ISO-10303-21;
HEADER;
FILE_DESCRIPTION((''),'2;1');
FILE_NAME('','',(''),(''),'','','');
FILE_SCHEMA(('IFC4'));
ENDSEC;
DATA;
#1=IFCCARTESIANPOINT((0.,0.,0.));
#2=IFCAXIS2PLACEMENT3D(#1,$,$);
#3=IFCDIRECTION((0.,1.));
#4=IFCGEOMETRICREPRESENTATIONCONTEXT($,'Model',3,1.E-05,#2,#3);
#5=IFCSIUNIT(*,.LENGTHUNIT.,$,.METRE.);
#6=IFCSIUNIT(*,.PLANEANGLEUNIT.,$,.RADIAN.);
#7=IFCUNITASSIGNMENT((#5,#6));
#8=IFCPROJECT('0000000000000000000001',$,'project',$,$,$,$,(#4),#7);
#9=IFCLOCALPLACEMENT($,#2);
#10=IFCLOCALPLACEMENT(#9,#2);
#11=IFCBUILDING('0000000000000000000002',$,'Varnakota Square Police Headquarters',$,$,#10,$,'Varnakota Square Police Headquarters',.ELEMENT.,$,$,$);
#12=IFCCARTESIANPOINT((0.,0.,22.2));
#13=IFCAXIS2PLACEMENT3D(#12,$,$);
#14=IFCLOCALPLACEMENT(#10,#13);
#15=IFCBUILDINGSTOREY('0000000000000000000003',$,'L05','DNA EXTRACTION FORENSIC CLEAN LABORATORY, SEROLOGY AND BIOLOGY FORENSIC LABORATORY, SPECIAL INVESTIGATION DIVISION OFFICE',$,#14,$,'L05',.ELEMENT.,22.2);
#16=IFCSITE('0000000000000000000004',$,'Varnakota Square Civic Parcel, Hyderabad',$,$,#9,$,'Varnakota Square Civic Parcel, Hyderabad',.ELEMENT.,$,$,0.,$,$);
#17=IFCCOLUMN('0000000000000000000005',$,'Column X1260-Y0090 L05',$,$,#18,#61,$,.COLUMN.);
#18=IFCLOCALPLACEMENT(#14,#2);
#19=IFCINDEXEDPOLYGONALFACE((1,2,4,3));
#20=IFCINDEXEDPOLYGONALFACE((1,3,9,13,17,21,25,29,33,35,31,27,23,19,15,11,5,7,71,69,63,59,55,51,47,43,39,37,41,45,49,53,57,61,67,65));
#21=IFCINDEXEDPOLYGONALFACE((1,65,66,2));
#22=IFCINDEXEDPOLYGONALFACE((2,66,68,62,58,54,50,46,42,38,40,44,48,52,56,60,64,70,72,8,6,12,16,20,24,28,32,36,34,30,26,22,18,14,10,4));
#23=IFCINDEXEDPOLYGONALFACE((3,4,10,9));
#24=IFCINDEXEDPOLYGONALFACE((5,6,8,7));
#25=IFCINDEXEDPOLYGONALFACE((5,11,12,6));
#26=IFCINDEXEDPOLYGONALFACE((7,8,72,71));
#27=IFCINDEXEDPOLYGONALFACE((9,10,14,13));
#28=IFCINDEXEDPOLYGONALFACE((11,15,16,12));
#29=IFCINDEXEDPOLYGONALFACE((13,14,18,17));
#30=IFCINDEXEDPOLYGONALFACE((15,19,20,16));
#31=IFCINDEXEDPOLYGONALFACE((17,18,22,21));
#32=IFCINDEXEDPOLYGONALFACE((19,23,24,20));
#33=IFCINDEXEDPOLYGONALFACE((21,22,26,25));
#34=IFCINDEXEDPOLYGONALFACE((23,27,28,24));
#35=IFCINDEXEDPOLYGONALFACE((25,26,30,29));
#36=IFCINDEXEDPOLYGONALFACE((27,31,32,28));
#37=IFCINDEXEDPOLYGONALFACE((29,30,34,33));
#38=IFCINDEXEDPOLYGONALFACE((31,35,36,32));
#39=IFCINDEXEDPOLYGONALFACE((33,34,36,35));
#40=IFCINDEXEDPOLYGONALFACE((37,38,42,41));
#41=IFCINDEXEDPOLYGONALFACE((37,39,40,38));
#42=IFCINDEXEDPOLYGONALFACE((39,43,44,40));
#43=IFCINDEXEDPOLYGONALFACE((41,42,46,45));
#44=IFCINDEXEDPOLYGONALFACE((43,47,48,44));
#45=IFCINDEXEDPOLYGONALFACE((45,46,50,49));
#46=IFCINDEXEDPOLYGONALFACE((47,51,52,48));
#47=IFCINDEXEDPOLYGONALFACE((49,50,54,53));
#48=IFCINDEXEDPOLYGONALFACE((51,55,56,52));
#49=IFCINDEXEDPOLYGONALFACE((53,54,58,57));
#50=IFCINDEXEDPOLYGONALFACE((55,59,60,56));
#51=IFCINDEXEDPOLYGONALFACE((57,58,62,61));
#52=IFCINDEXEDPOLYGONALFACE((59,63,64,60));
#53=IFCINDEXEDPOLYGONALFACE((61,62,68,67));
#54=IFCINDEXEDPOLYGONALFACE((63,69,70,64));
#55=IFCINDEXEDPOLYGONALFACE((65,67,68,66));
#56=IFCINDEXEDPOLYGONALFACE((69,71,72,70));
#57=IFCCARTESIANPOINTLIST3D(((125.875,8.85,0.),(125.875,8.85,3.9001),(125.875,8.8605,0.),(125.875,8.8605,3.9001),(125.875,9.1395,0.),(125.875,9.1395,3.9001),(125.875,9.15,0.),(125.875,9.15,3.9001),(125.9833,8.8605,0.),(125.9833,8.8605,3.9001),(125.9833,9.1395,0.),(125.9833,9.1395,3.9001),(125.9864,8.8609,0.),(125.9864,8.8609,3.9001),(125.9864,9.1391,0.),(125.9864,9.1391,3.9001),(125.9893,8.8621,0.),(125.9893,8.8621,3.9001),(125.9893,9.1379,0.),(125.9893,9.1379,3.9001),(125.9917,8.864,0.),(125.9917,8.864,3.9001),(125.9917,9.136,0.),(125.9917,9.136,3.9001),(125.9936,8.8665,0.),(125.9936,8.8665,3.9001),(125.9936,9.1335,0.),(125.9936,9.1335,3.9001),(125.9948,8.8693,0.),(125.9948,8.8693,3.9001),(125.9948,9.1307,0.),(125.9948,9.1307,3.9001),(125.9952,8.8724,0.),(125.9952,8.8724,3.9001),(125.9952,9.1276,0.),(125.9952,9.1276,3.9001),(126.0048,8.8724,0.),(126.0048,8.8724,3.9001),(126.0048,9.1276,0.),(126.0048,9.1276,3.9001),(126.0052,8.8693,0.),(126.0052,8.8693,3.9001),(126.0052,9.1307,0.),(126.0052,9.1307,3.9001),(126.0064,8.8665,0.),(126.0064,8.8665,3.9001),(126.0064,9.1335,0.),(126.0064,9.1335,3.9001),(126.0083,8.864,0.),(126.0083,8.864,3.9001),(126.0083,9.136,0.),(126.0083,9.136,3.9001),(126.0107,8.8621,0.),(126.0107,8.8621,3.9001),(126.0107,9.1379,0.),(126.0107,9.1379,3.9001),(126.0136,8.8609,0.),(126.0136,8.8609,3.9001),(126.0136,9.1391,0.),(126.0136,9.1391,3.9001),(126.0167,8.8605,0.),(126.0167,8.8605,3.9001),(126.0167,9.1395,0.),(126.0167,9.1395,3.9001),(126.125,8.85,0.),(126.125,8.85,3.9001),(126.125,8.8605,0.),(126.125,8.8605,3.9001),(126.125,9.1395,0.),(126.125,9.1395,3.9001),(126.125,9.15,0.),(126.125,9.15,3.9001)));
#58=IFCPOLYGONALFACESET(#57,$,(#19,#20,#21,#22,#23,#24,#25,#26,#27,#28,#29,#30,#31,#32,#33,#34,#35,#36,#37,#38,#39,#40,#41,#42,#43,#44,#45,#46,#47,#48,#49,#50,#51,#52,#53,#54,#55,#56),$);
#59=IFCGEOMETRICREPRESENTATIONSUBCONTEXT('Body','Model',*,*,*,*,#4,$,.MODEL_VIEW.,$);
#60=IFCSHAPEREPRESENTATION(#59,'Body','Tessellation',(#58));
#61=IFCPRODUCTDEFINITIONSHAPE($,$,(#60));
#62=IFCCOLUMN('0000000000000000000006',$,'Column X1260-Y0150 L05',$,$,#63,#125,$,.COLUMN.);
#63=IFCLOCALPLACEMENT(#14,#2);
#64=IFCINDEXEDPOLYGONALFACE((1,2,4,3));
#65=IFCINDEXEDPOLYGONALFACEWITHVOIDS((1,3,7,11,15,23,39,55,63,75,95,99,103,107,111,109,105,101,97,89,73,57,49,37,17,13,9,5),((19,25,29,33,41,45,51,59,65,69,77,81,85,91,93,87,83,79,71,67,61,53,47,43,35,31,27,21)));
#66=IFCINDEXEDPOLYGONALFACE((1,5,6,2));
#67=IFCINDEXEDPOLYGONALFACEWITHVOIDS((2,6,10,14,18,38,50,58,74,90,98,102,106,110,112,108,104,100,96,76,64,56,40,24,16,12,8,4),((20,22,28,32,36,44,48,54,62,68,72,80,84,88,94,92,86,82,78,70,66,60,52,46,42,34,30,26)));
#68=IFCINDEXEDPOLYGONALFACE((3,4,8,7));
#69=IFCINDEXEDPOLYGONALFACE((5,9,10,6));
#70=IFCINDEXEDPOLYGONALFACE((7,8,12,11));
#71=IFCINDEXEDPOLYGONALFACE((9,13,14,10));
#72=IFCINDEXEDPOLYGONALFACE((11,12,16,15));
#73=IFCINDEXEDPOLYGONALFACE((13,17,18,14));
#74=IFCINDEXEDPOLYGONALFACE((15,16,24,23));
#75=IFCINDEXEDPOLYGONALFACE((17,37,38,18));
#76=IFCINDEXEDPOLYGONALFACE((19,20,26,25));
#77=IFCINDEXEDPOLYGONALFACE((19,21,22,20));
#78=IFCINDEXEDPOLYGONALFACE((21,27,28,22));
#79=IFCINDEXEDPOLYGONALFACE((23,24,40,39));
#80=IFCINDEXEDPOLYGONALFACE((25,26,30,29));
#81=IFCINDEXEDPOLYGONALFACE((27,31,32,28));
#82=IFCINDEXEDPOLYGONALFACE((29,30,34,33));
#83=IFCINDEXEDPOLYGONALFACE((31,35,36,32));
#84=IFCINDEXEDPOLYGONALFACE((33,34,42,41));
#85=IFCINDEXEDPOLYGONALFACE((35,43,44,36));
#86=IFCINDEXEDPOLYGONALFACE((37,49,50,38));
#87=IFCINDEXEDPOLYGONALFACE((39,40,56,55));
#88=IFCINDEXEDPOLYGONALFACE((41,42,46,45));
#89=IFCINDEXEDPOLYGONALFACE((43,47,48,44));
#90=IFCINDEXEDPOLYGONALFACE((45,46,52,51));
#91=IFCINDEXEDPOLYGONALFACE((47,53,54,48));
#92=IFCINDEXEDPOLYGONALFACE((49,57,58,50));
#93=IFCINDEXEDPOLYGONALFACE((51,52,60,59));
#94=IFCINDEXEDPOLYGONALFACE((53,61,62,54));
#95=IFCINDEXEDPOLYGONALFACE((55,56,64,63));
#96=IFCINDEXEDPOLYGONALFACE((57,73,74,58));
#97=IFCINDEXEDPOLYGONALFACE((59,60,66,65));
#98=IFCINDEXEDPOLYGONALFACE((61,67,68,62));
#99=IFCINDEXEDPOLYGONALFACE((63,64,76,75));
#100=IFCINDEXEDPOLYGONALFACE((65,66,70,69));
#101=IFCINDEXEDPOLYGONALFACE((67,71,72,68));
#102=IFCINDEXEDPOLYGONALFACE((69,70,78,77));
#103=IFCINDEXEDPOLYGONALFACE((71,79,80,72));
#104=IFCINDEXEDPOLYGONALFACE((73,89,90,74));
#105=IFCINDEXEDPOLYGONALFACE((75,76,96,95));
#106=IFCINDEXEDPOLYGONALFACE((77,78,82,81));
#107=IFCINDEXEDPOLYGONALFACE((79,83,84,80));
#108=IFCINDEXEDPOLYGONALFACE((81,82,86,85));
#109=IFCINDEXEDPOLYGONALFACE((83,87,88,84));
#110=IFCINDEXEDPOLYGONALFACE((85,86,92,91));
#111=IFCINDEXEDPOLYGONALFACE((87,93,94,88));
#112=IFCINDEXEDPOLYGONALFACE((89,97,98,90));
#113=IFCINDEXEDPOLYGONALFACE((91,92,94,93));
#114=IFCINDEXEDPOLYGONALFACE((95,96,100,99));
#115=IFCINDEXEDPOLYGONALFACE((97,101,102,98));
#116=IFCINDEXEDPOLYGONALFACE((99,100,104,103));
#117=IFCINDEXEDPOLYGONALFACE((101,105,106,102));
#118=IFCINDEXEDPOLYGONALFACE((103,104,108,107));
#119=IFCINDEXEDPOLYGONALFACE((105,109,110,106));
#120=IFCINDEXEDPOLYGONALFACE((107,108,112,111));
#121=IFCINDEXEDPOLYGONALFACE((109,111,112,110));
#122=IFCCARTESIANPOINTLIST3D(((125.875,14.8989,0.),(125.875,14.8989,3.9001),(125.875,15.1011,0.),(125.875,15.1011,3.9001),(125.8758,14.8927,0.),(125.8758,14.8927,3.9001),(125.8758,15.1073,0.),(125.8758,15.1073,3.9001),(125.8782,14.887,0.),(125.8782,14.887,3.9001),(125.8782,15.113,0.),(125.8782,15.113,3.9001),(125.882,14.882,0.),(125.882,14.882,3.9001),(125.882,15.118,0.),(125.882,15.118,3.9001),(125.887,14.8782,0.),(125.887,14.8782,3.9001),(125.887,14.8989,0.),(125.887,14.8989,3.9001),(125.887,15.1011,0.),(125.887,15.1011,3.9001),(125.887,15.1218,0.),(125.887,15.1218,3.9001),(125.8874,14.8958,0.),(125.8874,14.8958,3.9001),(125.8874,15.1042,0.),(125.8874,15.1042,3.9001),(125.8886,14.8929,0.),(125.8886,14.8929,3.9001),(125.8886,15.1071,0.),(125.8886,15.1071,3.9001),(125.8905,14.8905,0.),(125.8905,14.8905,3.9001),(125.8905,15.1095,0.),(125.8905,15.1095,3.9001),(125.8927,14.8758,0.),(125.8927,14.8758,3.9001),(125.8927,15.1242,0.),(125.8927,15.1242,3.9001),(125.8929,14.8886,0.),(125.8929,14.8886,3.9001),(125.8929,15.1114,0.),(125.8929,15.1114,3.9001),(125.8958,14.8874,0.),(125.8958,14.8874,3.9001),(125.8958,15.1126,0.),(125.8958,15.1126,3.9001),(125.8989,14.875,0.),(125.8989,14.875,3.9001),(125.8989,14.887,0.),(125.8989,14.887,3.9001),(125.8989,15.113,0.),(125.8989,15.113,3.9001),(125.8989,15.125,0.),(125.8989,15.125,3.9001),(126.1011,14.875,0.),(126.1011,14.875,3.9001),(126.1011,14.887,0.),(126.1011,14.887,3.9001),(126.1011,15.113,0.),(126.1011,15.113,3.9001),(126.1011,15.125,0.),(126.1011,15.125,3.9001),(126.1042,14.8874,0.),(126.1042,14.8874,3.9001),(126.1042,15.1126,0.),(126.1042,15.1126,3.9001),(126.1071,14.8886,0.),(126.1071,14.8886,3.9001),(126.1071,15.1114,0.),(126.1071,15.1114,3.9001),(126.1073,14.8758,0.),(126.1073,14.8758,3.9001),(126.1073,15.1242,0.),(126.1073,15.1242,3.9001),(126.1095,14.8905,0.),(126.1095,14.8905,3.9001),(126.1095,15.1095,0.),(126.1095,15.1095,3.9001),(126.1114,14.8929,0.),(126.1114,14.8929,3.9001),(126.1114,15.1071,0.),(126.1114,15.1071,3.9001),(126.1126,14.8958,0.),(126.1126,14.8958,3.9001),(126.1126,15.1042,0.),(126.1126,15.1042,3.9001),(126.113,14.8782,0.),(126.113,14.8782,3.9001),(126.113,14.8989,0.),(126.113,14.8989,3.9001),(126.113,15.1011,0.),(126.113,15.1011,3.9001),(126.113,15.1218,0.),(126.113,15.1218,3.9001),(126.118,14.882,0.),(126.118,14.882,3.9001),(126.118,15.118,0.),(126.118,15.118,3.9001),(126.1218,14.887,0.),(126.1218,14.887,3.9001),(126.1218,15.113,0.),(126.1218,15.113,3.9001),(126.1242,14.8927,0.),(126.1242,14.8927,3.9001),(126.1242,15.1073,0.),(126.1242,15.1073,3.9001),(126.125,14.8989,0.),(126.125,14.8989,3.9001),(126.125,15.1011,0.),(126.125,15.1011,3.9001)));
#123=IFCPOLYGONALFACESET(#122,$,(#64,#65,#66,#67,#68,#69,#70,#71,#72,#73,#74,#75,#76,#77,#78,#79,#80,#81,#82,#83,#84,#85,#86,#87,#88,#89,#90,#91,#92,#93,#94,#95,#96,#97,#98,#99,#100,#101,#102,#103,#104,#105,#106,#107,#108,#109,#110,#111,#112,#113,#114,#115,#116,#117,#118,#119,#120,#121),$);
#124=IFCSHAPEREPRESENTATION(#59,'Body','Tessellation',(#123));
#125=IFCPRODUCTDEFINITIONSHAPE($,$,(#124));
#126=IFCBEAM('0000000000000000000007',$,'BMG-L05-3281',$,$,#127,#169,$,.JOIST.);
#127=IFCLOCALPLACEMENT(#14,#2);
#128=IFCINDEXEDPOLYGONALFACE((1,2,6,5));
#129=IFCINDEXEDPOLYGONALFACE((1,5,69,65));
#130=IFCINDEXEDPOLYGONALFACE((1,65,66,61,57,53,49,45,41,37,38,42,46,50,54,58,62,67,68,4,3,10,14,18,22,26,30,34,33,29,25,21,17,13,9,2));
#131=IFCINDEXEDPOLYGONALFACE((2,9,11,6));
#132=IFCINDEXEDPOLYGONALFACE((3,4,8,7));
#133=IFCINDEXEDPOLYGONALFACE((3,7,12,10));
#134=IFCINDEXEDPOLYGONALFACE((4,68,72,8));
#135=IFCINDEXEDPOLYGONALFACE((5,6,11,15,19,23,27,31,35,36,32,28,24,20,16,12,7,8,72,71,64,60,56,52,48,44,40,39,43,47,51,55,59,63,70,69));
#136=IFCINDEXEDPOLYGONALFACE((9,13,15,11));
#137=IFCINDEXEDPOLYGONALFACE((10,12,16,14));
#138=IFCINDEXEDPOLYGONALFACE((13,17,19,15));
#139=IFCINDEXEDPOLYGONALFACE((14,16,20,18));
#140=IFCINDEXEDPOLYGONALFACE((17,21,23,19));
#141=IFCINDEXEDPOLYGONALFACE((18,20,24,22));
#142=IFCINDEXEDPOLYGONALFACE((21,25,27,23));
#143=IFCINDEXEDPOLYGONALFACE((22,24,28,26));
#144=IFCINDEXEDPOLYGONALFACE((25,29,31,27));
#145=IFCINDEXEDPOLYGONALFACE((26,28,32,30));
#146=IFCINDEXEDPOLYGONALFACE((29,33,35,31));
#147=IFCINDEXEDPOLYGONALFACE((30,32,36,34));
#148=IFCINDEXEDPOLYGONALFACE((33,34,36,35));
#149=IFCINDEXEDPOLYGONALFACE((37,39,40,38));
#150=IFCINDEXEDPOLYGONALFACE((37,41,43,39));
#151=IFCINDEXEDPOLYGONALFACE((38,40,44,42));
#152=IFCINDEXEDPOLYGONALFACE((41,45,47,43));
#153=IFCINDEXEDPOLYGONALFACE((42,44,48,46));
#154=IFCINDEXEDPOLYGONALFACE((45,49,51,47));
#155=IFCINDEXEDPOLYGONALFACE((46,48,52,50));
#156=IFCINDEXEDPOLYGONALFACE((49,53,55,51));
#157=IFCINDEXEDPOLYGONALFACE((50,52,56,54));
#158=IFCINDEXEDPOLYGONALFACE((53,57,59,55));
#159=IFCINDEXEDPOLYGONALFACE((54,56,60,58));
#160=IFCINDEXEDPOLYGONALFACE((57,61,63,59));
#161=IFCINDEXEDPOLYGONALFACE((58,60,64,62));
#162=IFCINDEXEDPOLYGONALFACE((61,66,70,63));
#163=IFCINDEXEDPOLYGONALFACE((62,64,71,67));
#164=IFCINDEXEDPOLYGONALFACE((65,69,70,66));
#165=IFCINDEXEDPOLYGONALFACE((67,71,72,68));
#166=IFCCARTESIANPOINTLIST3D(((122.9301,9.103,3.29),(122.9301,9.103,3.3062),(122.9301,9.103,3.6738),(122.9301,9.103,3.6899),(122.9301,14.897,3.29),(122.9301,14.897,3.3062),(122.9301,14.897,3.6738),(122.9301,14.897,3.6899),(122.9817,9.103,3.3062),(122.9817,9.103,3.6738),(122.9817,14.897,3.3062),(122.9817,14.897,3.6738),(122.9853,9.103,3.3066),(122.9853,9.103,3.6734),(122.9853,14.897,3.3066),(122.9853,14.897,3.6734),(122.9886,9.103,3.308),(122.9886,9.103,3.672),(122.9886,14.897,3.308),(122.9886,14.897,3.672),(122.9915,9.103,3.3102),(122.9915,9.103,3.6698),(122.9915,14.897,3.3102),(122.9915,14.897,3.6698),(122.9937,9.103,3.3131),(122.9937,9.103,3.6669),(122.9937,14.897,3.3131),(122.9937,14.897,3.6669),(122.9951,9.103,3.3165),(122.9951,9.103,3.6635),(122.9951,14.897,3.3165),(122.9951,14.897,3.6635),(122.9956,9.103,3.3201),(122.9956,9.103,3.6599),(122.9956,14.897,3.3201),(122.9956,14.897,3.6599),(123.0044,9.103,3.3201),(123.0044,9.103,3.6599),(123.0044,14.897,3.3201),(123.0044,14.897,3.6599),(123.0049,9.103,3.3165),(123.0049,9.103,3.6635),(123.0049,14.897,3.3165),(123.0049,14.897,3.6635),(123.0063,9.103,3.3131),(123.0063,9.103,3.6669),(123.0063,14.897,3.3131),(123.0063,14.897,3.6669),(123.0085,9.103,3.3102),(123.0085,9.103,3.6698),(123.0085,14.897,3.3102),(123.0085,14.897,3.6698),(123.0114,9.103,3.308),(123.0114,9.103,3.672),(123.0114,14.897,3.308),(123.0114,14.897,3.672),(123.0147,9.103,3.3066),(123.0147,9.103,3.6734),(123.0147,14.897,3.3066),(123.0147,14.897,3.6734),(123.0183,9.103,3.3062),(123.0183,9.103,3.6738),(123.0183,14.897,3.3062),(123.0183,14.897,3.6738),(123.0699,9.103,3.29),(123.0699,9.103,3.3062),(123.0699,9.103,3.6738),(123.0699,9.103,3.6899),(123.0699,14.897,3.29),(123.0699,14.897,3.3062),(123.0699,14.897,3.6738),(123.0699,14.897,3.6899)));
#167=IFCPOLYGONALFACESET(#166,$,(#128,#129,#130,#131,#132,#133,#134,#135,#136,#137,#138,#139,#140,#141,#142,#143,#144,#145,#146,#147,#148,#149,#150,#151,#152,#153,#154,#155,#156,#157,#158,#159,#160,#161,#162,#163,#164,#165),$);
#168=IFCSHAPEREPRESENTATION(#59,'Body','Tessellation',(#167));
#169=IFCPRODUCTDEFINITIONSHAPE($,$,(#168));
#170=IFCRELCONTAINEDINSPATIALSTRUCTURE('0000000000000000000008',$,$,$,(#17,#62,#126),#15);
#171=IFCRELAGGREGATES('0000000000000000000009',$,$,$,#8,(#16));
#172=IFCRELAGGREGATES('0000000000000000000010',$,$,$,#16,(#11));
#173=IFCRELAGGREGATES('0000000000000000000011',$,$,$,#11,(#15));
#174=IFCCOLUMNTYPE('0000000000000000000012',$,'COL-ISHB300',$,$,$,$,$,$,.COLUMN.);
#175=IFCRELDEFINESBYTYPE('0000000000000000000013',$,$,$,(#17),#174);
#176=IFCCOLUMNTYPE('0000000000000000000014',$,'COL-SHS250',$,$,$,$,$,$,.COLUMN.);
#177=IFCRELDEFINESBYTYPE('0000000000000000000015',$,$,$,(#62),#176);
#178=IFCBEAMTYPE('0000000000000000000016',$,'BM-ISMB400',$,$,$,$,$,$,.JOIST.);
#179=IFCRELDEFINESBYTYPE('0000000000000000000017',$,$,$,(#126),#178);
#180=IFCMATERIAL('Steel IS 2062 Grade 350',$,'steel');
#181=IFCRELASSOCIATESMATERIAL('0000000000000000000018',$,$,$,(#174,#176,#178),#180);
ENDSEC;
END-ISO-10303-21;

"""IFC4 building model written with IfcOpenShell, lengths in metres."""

from ifc_helpers import new_model, si_unit, direction, frame, origin, origin_2d, place, context, subcontext, project, spatial, hollow_rectangle, i_section, extrude, material, material_profile, profile_set, type_object, element, save


model = new_model("IFC4")

# Units and contexts
model_context = context("Model", 3, precision=1e-05, world=origin(), true_north=direction((0.0, 1.0)))
body_context = subcontext(model_context, "Body", "Model", "MODEL_VIEW")
ifc_project = project(units=[si_unit("LENGTHUNIT", "METRE"), si_unit("PLANEANGLEUNIT", "RADIAN")], contexts=[model_context])

# Site, building, storey
site_placement = place(None, origin())
site = spatial("IfcSite", under=ifc_project, at=site_placement, Name="Varnakota Square Civic Parcel, Hyderabad", LongName="Varnakota Square Civic Parcel, Hyderabad", CompositionType="ELEMENT", RefElevation=0.0)
building_placement = place(site_placement, origin())
building = spatial("IfcBuilding", under=site, at=building_placement, Name="Varnakota Square Police Headquarters", LongName="Varnakota Square Police Headquarters", CompositionType="ELEMENT")
storey_placement = place(building_placement, frame((0.0, 0.0, 22.2)))
storey = spatial("IfcBuildingStorey", under=building, at=storey_placement, Name="L05", Description="DNA EXTRACTION FORENSIC CLEAN LABORATORY, SEROLOGY AND BIOLOGY FORENSIC LABORATORY, SPECIAL INVESTIGATION DIVISION OFFICE", LongName="L05", CompositionType="ELEMENT", Elevation=22.2)

# Columns
ifc_material_1 = material(Name="Steel IS 2062 Grade 350", Category="steel")
ifc_material_profile_1 = material_profile(ifc_material_1, i_section(OverallWidth=0.25, OverallDepth=0.3, WebThickness=0.0095, FlangeThickness=0.0105, FilletRadius=0.012, at=origin_2d()), Name="ISHB 300")
ifc_profile_set_1 = profile_set([ifc_material_profile_1], Name="Steel IS 2062 Grade 350")
column_type_1 = type_object("IfcColumnType", Name="COL-ISHB300", PredefinedType="COLUMN", material=ifc_profile_set_1)
column_1_placement = place(storey_placement, frame((126.0, 9.0, 0.0), z_axis=(0.0, 0.0, 1.0), x_axis=(1.0, 0.0, 0.0)))
element("IfcColumn", 1, at=column_1_placement, inside=storey, type_object=column_type_1, Name="Column X1260-Y0090 L05", PredefinedType="COLUMN", context=body_context, shape_type="SweptSolid", body=[
    extrude(i_section(OverallWidth=0.25, OverallDepth=0.3, WebThickness=0.0095, FlangeThickness=0.0105, FilletRadius=0.012, at=origin_2d()), origin(), (0.0, 0.0, 1.0), 3.9001),
])
ifc_material_profile_2 = material_profile(ifc_material_1, hollow_rectangle(XDim=0.25, YDim=0.25, WallThickness=0.012, InnerFilletRadius=0.012, OuterFilletRadius=0.0239, at=origin_2d()), Name="SHS 250x250x12")
ifc_profile_set_2 = profile_set([ifc_material_profile_2], Name="Steel IS 2062 Grade 350")
column_type_2 = type_object("IfcColumnType", Name="COL-SHS250", PredefinedType="COLUMN", material=ifc_profile_set_2)
column_2_placement = place(storey_placement, frame((126.0, 15.0, 0.0), z_axis=(0.0, 0.0, 1.0), x_axis=(1.0, 0.0, 0.0)))
element("IfcColumn", 2, at=column_2_placement, inside=storey, type_object=column_type_2, Name="Column X1260-Y0150 L05", PredefinedType="COLUMN", context=body_context, shape_type="SweptSolid", body=[
    extrude(hollow_rectangle(XDim=0.25, YDim=0.25, WallThickness=0.012, InnerFilletRadius=0.012, OuterFilletRadius=0.0239, at=origin_2d()), origin(), (0.0, 0.0, 1.0), 3.9001),
])

# Beam
ifc_material_profile_3 = material_profile(ifc_material_1, i_section(OverallWidth=0.1399, OverallDepth=0.3999, WebThickness=0.0088, FlangeThickness=0.0161, FilletRadius=0.0139, at=origin_2d()), Name="ISMB 400")
ifc_profile_set_3 = profile_set([ifc_material_profile_3], Name="Steel IS 2062 Grade 350")
beam_type_1 = type_object("IfcBeamType", Name="BM-ISMB400", PredefinedType="JOIST", material=ifc_profile_set_3)
beam_1_placement = place(storey_placement, frame((123.0, 9.103, 3.49), z_axis=(0.0, 1.0, 0.0), x_axis=(-1.0, 0.0, 0.0)))
element("IfcBeam", 3, at=beam_1_placement, inside=storey, type_object=beam_type_1, Name="BMG-L05-3281", PredefinedType="JOIST", context=body_context, shape_type="SweptSolid", body=[
    extrude(i_section(OverallWidth=0.1399, OverallDepth=0.3999, WebThickness=0.0088, FlangeThickness=0.0161, FilletRadius=0.0139, at=origin_2d()), origin(), (0.0, 0.0, 1.0), 5.7939),
])

save(model, "model.ifc")
